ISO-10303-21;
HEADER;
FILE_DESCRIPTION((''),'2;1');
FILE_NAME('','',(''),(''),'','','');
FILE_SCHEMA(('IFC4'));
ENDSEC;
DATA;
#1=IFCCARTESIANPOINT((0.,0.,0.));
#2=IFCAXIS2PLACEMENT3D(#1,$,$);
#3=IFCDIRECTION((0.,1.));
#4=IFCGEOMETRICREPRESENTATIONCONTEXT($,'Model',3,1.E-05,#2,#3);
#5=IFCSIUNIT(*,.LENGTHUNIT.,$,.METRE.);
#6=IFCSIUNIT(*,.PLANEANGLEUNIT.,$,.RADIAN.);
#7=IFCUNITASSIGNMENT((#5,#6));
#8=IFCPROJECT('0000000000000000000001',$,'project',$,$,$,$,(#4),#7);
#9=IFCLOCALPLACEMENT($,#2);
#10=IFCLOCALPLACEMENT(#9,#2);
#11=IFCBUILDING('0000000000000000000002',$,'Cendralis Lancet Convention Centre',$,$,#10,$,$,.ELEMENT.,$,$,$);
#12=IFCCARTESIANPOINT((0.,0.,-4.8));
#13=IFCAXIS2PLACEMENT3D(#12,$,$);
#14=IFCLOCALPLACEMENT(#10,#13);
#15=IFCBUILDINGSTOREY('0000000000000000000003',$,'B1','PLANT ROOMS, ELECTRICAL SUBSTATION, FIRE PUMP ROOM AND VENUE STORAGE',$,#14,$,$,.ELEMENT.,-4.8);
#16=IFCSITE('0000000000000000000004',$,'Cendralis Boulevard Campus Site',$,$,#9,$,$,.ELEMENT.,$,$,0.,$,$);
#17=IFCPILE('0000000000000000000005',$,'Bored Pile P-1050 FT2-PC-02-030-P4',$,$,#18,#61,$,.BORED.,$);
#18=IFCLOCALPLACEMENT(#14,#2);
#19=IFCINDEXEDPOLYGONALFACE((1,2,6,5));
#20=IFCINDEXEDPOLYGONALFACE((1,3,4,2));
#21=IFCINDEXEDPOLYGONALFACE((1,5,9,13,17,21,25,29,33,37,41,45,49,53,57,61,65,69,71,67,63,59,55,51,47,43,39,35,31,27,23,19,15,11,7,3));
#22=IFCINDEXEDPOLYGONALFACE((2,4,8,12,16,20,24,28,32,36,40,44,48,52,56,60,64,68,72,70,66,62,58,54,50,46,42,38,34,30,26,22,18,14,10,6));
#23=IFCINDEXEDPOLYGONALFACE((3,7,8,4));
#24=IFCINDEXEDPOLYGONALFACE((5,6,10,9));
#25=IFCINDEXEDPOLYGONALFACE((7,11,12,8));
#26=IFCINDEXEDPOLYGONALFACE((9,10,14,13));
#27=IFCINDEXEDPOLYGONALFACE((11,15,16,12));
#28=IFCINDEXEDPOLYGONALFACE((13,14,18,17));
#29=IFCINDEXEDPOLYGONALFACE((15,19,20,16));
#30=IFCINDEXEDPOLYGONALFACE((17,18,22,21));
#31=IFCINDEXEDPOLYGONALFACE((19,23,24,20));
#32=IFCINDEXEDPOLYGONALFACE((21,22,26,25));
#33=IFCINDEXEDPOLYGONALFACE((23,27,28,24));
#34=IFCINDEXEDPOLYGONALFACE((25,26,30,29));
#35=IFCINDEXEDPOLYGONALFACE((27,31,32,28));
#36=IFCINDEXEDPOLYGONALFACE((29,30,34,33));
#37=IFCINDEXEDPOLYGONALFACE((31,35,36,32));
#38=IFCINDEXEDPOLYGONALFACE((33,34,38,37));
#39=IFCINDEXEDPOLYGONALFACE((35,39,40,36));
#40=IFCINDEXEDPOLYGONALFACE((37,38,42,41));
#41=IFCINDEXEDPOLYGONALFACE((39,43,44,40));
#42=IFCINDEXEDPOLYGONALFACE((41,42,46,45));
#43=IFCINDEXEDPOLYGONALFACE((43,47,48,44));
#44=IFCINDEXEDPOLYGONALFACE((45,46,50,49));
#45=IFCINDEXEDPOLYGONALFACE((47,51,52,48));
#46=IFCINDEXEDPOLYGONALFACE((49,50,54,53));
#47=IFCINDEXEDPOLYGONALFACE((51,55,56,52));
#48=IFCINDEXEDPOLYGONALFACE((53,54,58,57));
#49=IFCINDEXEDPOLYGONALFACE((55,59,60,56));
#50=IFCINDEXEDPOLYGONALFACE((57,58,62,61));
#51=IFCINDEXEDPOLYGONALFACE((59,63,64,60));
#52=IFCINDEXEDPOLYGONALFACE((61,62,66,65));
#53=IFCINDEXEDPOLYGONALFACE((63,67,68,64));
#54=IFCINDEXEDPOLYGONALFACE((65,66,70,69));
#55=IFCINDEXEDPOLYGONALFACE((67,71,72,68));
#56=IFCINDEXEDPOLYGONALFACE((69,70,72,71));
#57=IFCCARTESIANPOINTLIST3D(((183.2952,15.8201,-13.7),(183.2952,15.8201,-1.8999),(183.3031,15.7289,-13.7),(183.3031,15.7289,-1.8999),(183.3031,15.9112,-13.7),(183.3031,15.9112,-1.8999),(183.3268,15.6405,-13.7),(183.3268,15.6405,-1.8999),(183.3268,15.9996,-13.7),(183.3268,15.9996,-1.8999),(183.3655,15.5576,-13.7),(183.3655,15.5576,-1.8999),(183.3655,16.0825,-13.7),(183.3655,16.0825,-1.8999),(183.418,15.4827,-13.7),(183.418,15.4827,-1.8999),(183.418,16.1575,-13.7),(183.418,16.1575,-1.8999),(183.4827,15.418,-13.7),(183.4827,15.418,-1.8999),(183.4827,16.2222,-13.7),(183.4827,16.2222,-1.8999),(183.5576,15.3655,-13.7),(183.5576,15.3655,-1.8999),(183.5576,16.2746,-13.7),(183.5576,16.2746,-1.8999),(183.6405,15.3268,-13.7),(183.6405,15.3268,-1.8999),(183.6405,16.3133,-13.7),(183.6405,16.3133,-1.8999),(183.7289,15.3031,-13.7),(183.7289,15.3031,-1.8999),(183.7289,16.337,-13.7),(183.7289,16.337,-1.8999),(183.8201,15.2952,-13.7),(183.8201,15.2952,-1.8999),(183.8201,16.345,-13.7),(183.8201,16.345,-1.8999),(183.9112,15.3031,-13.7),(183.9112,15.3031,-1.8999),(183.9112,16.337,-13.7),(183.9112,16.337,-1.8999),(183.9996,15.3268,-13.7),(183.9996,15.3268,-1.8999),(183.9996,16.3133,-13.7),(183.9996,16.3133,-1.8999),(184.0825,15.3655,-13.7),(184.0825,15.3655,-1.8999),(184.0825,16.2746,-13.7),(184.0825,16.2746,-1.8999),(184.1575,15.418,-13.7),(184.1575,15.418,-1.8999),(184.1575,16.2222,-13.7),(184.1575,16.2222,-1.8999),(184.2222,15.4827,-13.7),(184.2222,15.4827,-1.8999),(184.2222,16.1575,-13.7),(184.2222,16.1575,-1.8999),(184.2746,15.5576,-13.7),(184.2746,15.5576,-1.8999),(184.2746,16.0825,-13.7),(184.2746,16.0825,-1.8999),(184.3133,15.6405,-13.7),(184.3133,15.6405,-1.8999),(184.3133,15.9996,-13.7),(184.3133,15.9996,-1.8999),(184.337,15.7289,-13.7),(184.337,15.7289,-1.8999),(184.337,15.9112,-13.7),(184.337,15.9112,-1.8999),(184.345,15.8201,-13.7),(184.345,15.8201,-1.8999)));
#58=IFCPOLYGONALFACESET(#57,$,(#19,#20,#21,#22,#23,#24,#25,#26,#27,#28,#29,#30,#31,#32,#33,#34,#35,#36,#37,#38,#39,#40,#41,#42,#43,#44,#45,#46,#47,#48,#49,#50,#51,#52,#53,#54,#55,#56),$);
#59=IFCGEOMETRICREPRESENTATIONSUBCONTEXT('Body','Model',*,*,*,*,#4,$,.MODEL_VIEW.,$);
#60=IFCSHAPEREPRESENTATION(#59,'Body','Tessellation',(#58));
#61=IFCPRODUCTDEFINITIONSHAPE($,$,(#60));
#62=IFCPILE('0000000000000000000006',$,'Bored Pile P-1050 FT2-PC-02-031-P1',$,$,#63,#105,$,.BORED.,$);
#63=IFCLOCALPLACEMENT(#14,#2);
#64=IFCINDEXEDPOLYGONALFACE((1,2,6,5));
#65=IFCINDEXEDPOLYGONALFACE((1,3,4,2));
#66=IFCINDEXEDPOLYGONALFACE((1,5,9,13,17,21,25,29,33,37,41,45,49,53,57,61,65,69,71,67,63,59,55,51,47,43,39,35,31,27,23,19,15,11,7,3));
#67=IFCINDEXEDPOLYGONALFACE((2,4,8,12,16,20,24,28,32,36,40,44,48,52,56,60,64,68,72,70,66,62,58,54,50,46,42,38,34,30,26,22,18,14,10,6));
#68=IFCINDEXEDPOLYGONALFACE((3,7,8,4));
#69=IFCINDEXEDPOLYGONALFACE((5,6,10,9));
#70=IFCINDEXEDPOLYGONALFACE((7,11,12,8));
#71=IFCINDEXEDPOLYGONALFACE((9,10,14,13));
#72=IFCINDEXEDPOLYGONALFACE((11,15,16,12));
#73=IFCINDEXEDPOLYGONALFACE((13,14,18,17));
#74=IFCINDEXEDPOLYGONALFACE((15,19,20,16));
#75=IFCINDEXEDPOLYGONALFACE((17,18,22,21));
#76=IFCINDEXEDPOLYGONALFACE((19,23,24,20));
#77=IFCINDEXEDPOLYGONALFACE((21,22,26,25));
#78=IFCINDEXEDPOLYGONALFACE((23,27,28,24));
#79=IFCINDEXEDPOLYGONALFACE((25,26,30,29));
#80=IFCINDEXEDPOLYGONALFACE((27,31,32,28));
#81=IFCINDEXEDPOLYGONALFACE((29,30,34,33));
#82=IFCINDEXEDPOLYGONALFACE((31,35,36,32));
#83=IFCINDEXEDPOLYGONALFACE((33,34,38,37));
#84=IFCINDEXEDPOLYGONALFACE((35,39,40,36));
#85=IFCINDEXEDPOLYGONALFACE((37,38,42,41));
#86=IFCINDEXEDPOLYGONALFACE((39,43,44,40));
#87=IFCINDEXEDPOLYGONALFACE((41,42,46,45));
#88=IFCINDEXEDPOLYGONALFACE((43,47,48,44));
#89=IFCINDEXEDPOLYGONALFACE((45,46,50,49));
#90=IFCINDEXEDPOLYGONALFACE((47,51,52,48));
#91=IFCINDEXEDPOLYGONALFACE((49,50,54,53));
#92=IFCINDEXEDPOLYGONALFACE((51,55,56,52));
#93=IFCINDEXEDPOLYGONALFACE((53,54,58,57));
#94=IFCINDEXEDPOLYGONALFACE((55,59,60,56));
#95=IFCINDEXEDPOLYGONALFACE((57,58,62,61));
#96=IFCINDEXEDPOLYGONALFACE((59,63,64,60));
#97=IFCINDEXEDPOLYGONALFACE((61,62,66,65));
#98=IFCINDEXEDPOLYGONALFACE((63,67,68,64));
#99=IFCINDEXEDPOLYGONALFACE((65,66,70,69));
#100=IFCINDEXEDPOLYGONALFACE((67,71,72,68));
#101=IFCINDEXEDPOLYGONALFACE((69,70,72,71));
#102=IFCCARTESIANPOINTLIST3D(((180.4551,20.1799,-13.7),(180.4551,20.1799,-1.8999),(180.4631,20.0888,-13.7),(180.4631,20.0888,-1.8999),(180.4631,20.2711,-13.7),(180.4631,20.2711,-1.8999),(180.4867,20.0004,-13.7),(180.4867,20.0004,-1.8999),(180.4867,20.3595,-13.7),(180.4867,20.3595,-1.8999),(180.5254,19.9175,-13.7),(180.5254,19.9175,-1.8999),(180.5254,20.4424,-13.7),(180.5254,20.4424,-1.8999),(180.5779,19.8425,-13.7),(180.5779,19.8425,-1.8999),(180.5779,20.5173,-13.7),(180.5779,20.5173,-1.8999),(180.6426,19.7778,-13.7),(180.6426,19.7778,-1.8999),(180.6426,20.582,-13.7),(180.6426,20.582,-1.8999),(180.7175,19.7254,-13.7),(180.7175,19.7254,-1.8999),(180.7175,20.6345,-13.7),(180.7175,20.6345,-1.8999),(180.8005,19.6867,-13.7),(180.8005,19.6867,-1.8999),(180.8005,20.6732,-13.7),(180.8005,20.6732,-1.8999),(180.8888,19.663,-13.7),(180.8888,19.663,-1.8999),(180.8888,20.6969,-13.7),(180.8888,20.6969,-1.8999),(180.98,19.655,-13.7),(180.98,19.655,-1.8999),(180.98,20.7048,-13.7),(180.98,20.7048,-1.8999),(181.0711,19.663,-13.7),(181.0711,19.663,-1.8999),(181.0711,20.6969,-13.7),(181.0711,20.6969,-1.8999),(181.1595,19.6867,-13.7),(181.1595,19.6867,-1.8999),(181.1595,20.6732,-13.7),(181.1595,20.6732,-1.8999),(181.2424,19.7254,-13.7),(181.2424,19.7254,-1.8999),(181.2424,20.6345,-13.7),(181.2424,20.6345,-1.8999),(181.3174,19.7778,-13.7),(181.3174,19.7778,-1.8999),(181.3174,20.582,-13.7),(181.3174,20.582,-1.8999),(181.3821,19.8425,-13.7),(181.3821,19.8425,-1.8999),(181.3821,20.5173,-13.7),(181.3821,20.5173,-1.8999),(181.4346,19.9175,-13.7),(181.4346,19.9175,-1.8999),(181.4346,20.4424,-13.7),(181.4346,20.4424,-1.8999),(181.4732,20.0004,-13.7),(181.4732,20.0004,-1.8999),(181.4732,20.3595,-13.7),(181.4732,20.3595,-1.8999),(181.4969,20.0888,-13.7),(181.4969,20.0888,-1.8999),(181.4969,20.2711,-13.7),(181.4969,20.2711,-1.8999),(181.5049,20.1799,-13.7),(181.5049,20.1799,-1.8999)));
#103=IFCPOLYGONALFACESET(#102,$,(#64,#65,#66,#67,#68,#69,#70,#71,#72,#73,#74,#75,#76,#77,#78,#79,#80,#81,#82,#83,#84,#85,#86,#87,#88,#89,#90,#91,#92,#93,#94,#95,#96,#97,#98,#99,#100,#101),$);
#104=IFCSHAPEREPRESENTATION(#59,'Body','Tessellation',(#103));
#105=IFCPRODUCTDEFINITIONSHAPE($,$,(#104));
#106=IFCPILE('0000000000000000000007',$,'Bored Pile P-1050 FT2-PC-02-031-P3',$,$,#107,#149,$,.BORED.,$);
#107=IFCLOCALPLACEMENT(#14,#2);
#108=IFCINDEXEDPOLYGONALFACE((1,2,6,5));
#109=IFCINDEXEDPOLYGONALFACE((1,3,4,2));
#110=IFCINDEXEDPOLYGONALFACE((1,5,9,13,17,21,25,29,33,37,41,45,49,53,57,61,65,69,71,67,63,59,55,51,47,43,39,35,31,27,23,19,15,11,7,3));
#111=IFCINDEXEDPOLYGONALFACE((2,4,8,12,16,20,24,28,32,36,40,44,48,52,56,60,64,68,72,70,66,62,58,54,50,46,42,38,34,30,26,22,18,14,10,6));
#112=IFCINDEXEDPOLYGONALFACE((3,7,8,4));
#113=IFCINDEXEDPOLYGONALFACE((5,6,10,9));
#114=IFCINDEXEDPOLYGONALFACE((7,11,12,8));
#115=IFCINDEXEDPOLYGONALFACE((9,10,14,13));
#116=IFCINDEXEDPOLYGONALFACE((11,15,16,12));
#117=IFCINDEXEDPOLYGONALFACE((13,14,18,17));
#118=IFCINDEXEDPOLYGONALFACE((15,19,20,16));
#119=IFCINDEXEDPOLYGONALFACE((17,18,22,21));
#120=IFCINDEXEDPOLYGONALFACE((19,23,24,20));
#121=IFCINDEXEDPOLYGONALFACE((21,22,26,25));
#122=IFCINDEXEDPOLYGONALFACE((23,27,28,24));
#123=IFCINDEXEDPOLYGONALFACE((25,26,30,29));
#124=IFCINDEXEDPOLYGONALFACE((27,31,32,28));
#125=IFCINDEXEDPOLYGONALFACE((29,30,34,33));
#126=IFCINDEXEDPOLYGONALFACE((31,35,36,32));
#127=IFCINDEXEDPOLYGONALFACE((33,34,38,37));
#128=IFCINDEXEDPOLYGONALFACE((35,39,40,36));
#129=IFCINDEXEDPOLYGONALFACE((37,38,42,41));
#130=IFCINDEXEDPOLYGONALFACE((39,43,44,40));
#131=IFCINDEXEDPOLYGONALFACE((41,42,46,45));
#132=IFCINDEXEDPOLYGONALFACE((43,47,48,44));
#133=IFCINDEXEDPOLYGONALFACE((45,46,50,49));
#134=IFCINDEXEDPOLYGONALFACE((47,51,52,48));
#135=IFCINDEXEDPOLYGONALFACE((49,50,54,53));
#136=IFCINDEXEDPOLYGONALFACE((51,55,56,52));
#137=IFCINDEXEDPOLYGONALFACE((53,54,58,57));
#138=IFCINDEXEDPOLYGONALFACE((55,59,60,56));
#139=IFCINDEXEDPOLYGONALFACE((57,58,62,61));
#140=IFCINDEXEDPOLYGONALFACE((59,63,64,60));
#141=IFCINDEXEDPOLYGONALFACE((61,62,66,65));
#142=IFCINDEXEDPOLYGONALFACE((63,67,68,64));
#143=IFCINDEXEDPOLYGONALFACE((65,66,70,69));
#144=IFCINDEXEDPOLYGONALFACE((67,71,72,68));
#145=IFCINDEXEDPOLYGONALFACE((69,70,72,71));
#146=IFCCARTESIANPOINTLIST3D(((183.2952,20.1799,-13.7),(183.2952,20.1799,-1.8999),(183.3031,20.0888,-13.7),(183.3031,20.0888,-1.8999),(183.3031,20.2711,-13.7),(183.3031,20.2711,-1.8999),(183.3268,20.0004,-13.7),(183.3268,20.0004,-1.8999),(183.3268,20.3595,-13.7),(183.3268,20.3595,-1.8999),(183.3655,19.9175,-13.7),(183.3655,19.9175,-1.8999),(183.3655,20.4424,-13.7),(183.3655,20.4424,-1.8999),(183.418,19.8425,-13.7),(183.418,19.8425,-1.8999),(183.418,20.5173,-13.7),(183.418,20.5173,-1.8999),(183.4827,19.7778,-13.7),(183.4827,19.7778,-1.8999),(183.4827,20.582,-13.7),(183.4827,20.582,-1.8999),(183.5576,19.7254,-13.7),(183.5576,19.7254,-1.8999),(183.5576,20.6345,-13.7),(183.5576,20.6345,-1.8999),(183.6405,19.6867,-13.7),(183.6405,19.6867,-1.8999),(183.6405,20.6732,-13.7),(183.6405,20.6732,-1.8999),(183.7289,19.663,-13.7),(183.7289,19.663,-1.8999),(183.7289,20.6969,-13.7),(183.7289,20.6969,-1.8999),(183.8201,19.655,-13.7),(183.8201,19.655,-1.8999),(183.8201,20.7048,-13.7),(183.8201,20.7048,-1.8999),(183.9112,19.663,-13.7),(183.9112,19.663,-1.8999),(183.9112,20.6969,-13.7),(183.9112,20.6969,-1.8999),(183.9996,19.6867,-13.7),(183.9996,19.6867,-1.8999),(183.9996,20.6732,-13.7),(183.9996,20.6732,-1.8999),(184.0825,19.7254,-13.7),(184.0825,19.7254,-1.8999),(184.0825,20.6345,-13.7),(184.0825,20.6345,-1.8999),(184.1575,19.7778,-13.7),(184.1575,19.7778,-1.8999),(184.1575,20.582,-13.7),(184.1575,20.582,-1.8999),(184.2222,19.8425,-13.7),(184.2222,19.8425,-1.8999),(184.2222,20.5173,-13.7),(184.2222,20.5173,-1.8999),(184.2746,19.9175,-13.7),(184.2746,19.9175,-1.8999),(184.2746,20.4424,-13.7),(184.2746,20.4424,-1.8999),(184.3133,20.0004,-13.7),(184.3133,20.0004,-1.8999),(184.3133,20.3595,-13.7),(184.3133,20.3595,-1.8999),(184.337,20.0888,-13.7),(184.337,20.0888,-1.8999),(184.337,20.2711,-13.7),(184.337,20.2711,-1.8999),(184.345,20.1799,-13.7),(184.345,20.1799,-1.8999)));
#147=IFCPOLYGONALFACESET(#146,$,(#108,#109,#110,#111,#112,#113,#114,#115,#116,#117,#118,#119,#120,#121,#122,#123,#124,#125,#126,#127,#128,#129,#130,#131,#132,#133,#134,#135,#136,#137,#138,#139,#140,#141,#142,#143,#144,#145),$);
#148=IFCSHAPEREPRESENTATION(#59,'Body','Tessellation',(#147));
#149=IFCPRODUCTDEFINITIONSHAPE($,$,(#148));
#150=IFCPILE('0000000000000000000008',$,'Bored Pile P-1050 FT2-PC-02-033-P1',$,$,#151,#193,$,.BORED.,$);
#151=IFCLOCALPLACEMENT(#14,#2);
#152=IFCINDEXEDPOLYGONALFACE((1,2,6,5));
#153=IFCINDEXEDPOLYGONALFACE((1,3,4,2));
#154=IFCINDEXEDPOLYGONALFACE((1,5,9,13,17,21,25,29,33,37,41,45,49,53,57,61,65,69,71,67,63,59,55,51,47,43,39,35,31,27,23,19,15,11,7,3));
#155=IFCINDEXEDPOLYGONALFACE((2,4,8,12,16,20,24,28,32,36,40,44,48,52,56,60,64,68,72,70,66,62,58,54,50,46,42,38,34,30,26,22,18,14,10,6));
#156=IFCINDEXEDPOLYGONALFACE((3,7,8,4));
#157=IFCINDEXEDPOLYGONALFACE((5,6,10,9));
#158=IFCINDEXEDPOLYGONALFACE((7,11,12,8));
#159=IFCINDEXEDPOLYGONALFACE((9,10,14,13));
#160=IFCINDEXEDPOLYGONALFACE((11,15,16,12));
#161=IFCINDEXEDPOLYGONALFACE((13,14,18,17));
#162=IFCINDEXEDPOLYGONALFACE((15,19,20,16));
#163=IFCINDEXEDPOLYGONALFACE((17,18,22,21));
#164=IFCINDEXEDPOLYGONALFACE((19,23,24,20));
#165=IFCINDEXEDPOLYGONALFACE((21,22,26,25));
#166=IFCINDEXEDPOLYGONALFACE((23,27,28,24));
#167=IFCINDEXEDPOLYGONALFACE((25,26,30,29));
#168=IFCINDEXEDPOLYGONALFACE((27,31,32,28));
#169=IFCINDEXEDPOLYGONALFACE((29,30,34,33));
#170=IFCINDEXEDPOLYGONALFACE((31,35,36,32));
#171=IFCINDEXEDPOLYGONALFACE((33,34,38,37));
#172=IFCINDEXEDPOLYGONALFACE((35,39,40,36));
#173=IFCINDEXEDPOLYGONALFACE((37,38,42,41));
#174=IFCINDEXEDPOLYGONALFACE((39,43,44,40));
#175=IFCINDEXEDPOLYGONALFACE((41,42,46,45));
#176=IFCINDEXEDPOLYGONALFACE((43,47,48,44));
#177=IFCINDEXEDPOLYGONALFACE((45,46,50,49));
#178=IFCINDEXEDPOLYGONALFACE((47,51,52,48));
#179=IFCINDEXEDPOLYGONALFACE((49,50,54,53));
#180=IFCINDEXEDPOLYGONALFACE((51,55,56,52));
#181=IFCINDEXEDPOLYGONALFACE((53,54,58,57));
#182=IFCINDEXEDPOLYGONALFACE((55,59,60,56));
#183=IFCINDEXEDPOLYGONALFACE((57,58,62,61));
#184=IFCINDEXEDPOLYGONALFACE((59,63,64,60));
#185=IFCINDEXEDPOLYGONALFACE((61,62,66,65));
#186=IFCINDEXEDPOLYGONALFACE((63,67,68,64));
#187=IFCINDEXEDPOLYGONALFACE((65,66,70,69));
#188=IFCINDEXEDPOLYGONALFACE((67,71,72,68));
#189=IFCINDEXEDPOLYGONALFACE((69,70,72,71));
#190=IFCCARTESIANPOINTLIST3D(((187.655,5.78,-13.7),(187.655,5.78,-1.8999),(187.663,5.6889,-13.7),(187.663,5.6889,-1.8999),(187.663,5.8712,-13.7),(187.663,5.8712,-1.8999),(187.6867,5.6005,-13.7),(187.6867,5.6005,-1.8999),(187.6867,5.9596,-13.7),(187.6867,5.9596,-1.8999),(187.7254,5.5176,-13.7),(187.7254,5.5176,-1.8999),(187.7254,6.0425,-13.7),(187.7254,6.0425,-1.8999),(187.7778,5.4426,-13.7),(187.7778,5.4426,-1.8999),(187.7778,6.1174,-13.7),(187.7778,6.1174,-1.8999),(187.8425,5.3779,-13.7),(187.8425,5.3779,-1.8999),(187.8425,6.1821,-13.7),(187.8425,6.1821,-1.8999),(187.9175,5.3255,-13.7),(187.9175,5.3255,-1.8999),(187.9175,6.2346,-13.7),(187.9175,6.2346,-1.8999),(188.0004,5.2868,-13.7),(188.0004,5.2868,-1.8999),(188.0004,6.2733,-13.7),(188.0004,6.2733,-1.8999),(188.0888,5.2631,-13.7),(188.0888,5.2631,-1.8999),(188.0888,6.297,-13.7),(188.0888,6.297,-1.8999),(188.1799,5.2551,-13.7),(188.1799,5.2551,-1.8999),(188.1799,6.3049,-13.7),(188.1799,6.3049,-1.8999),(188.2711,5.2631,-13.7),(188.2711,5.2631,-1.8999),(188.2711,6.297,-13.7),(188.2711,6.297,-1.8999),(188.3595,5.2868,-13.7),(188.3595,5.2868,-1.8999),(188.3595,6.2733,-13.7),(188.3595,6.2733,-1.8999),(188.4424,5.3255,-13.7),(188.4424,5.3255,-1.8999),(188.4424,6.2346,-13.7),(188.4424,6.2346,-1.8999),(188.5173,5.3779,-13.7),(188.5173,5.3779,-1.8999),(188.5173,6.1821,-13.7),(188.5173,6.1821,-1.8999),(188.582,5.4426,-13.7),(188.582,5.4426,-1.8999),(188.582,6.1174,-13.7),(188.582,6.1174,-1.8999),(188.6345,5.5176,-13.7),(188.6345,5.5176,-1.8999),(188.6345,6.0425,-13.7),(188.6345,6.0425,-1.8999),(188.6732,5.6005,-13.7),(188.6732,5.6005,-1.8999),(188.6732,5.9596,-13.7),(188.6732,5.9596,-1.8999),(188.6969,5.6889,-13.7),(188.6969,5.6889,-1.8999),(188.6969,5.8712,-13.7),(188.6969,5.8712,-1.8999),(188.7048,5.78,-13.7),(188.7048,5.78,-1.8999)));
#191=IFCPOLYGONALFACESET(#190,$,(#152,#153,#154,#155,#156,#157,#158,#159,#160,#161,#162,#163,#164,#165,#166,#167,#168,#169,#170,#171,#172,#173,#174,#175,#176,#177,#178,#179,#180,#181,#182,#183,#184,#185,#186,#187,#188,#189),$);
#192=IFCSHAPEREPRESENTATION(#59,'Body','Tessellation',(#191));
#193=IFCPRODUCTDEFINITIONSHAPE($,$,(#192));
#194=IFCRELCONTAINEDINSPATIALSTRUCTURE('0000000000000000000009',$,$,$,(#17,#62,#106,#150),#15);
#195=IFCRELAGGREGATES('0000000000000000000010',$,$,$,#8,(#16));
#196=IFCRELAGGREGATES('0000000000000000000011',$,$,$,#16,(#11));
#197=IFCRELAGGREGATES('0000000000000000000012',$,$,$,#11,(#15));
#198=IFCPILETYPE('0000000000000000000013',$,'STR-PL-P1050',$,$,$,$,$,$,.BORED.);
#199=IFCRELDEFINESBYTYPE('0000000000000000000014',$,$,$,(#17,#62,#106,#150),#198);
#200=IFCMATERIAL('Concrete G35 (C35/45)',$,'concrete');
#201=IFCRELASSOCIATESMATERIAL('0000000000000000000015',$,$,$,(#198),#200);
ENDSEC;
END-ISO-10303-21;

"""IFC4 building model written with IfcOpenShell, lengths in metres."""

from ifc_helpers import new_model, si_unit, direction, frame, origin, origin_2d, place, context, subcontext, project, spatial, circle, extrude, material, material_profile, profile_set, type_object, element, save


model = new_model("IFC4")

# Units and contexts
model_context = context("Model", 3, precision=1e-05, world=origin(), true_north=direction((0.0, 1.0)))
body_context = subcontext(model_context, "Body", "Model", "MODEL_VIEW")
ifc_project = project(units=[si_unit("LENGTHUNIT", "METRE"), si_unit("PLANEANGLEUNIT", "RADIAN")], contexts=[model_context])

# Site, building, storey
site_placement = place(None, origin())
site = spatial("IfcSite", under=ifc_project, at=site_placement, Name="Cendralis Boulevard Campus Site", CompositionType="ELEMENT", RefElevation=0.0)
building_placement = place(site_placement, origin())
building = spatial("IfcBuilding", under=site, at=building_placement, Name="Cendralis Lancet Convention Centre", CompositionType="ELEMENT")
storey_placement = place(building_placement, frame((0.0, 0.0, -4.8)))
storey = spatial("IfcBuildingStorey", under=building, at=storey_placement, Name="B1", Description="PLANT ROOMS, ELECTRICAL SUBSTATION, FIRE PUMP ROOM AND VENUE STORAGE", CompositionType="ELEMENT", Elevation=-4.8)

# Shared definitions
ifc_material_1 = material(Name="Concrete G35 (C35/45)", Category="concrete")

# Piles
ifc_material_profile_1 = material_profile(ifc_material_1, circle(Radius=0.5249, at=origin_2d()), Name="BORED PILE D1050")
ifc_profile_set_1 = profile_set([ifc_material_profile_1], Name="Concrete G35 (C35/45)")
pile_type = type_object("IfcPileType", Name="STR-PL-P1050", PredefinedType="BORED", material=ifc_profile_set_1)
for number, where, z_axis, x_axis, name in (
    (1, (183.8201, 15.8201, -1.8999), (0.0, 0.0, -1.0), (1.0, 0.0, 0.0), "Bored Pile P-1050 FT2-PC-02-030-P4"),
    (2, (180.98, 20.1799, -1.8999), (0.0, 0.0, -1.0), (1.0, 0.0, 0.0), "Bored Pile P-1050 FT2-PC-02-031-P1"),
    (3, (183.8201, 20.1799, -1.8999), (0.0, 0.0, -1.0), (1.0, 0.0, 0.0), "Bored Pile P-1050 FT2-PC-02-031-P3"),
    (4, (188.1799, 5.78, -1.8999), (0.0, 0.0, -1.0), (1.0, 0.0, 0.0), "Bored Pile P-1050 FT2-PC-02-033-P1"),
):
    element("IfcPile", number, at=place(storey_placement, frame(where, z_axis=z_axis, x_axis=x_axis)), inside=storey, type_object=pile_type, Name=name, PredefinedType="BORED", context=body_context, shape_type="SweptSolid", body=[
        extrude(circle(Radius=0.5249, at=origin_2d()), origin(), (0.0, 0.0, 1.0), 11.8),
    ])

save(model, "model.ifc")
